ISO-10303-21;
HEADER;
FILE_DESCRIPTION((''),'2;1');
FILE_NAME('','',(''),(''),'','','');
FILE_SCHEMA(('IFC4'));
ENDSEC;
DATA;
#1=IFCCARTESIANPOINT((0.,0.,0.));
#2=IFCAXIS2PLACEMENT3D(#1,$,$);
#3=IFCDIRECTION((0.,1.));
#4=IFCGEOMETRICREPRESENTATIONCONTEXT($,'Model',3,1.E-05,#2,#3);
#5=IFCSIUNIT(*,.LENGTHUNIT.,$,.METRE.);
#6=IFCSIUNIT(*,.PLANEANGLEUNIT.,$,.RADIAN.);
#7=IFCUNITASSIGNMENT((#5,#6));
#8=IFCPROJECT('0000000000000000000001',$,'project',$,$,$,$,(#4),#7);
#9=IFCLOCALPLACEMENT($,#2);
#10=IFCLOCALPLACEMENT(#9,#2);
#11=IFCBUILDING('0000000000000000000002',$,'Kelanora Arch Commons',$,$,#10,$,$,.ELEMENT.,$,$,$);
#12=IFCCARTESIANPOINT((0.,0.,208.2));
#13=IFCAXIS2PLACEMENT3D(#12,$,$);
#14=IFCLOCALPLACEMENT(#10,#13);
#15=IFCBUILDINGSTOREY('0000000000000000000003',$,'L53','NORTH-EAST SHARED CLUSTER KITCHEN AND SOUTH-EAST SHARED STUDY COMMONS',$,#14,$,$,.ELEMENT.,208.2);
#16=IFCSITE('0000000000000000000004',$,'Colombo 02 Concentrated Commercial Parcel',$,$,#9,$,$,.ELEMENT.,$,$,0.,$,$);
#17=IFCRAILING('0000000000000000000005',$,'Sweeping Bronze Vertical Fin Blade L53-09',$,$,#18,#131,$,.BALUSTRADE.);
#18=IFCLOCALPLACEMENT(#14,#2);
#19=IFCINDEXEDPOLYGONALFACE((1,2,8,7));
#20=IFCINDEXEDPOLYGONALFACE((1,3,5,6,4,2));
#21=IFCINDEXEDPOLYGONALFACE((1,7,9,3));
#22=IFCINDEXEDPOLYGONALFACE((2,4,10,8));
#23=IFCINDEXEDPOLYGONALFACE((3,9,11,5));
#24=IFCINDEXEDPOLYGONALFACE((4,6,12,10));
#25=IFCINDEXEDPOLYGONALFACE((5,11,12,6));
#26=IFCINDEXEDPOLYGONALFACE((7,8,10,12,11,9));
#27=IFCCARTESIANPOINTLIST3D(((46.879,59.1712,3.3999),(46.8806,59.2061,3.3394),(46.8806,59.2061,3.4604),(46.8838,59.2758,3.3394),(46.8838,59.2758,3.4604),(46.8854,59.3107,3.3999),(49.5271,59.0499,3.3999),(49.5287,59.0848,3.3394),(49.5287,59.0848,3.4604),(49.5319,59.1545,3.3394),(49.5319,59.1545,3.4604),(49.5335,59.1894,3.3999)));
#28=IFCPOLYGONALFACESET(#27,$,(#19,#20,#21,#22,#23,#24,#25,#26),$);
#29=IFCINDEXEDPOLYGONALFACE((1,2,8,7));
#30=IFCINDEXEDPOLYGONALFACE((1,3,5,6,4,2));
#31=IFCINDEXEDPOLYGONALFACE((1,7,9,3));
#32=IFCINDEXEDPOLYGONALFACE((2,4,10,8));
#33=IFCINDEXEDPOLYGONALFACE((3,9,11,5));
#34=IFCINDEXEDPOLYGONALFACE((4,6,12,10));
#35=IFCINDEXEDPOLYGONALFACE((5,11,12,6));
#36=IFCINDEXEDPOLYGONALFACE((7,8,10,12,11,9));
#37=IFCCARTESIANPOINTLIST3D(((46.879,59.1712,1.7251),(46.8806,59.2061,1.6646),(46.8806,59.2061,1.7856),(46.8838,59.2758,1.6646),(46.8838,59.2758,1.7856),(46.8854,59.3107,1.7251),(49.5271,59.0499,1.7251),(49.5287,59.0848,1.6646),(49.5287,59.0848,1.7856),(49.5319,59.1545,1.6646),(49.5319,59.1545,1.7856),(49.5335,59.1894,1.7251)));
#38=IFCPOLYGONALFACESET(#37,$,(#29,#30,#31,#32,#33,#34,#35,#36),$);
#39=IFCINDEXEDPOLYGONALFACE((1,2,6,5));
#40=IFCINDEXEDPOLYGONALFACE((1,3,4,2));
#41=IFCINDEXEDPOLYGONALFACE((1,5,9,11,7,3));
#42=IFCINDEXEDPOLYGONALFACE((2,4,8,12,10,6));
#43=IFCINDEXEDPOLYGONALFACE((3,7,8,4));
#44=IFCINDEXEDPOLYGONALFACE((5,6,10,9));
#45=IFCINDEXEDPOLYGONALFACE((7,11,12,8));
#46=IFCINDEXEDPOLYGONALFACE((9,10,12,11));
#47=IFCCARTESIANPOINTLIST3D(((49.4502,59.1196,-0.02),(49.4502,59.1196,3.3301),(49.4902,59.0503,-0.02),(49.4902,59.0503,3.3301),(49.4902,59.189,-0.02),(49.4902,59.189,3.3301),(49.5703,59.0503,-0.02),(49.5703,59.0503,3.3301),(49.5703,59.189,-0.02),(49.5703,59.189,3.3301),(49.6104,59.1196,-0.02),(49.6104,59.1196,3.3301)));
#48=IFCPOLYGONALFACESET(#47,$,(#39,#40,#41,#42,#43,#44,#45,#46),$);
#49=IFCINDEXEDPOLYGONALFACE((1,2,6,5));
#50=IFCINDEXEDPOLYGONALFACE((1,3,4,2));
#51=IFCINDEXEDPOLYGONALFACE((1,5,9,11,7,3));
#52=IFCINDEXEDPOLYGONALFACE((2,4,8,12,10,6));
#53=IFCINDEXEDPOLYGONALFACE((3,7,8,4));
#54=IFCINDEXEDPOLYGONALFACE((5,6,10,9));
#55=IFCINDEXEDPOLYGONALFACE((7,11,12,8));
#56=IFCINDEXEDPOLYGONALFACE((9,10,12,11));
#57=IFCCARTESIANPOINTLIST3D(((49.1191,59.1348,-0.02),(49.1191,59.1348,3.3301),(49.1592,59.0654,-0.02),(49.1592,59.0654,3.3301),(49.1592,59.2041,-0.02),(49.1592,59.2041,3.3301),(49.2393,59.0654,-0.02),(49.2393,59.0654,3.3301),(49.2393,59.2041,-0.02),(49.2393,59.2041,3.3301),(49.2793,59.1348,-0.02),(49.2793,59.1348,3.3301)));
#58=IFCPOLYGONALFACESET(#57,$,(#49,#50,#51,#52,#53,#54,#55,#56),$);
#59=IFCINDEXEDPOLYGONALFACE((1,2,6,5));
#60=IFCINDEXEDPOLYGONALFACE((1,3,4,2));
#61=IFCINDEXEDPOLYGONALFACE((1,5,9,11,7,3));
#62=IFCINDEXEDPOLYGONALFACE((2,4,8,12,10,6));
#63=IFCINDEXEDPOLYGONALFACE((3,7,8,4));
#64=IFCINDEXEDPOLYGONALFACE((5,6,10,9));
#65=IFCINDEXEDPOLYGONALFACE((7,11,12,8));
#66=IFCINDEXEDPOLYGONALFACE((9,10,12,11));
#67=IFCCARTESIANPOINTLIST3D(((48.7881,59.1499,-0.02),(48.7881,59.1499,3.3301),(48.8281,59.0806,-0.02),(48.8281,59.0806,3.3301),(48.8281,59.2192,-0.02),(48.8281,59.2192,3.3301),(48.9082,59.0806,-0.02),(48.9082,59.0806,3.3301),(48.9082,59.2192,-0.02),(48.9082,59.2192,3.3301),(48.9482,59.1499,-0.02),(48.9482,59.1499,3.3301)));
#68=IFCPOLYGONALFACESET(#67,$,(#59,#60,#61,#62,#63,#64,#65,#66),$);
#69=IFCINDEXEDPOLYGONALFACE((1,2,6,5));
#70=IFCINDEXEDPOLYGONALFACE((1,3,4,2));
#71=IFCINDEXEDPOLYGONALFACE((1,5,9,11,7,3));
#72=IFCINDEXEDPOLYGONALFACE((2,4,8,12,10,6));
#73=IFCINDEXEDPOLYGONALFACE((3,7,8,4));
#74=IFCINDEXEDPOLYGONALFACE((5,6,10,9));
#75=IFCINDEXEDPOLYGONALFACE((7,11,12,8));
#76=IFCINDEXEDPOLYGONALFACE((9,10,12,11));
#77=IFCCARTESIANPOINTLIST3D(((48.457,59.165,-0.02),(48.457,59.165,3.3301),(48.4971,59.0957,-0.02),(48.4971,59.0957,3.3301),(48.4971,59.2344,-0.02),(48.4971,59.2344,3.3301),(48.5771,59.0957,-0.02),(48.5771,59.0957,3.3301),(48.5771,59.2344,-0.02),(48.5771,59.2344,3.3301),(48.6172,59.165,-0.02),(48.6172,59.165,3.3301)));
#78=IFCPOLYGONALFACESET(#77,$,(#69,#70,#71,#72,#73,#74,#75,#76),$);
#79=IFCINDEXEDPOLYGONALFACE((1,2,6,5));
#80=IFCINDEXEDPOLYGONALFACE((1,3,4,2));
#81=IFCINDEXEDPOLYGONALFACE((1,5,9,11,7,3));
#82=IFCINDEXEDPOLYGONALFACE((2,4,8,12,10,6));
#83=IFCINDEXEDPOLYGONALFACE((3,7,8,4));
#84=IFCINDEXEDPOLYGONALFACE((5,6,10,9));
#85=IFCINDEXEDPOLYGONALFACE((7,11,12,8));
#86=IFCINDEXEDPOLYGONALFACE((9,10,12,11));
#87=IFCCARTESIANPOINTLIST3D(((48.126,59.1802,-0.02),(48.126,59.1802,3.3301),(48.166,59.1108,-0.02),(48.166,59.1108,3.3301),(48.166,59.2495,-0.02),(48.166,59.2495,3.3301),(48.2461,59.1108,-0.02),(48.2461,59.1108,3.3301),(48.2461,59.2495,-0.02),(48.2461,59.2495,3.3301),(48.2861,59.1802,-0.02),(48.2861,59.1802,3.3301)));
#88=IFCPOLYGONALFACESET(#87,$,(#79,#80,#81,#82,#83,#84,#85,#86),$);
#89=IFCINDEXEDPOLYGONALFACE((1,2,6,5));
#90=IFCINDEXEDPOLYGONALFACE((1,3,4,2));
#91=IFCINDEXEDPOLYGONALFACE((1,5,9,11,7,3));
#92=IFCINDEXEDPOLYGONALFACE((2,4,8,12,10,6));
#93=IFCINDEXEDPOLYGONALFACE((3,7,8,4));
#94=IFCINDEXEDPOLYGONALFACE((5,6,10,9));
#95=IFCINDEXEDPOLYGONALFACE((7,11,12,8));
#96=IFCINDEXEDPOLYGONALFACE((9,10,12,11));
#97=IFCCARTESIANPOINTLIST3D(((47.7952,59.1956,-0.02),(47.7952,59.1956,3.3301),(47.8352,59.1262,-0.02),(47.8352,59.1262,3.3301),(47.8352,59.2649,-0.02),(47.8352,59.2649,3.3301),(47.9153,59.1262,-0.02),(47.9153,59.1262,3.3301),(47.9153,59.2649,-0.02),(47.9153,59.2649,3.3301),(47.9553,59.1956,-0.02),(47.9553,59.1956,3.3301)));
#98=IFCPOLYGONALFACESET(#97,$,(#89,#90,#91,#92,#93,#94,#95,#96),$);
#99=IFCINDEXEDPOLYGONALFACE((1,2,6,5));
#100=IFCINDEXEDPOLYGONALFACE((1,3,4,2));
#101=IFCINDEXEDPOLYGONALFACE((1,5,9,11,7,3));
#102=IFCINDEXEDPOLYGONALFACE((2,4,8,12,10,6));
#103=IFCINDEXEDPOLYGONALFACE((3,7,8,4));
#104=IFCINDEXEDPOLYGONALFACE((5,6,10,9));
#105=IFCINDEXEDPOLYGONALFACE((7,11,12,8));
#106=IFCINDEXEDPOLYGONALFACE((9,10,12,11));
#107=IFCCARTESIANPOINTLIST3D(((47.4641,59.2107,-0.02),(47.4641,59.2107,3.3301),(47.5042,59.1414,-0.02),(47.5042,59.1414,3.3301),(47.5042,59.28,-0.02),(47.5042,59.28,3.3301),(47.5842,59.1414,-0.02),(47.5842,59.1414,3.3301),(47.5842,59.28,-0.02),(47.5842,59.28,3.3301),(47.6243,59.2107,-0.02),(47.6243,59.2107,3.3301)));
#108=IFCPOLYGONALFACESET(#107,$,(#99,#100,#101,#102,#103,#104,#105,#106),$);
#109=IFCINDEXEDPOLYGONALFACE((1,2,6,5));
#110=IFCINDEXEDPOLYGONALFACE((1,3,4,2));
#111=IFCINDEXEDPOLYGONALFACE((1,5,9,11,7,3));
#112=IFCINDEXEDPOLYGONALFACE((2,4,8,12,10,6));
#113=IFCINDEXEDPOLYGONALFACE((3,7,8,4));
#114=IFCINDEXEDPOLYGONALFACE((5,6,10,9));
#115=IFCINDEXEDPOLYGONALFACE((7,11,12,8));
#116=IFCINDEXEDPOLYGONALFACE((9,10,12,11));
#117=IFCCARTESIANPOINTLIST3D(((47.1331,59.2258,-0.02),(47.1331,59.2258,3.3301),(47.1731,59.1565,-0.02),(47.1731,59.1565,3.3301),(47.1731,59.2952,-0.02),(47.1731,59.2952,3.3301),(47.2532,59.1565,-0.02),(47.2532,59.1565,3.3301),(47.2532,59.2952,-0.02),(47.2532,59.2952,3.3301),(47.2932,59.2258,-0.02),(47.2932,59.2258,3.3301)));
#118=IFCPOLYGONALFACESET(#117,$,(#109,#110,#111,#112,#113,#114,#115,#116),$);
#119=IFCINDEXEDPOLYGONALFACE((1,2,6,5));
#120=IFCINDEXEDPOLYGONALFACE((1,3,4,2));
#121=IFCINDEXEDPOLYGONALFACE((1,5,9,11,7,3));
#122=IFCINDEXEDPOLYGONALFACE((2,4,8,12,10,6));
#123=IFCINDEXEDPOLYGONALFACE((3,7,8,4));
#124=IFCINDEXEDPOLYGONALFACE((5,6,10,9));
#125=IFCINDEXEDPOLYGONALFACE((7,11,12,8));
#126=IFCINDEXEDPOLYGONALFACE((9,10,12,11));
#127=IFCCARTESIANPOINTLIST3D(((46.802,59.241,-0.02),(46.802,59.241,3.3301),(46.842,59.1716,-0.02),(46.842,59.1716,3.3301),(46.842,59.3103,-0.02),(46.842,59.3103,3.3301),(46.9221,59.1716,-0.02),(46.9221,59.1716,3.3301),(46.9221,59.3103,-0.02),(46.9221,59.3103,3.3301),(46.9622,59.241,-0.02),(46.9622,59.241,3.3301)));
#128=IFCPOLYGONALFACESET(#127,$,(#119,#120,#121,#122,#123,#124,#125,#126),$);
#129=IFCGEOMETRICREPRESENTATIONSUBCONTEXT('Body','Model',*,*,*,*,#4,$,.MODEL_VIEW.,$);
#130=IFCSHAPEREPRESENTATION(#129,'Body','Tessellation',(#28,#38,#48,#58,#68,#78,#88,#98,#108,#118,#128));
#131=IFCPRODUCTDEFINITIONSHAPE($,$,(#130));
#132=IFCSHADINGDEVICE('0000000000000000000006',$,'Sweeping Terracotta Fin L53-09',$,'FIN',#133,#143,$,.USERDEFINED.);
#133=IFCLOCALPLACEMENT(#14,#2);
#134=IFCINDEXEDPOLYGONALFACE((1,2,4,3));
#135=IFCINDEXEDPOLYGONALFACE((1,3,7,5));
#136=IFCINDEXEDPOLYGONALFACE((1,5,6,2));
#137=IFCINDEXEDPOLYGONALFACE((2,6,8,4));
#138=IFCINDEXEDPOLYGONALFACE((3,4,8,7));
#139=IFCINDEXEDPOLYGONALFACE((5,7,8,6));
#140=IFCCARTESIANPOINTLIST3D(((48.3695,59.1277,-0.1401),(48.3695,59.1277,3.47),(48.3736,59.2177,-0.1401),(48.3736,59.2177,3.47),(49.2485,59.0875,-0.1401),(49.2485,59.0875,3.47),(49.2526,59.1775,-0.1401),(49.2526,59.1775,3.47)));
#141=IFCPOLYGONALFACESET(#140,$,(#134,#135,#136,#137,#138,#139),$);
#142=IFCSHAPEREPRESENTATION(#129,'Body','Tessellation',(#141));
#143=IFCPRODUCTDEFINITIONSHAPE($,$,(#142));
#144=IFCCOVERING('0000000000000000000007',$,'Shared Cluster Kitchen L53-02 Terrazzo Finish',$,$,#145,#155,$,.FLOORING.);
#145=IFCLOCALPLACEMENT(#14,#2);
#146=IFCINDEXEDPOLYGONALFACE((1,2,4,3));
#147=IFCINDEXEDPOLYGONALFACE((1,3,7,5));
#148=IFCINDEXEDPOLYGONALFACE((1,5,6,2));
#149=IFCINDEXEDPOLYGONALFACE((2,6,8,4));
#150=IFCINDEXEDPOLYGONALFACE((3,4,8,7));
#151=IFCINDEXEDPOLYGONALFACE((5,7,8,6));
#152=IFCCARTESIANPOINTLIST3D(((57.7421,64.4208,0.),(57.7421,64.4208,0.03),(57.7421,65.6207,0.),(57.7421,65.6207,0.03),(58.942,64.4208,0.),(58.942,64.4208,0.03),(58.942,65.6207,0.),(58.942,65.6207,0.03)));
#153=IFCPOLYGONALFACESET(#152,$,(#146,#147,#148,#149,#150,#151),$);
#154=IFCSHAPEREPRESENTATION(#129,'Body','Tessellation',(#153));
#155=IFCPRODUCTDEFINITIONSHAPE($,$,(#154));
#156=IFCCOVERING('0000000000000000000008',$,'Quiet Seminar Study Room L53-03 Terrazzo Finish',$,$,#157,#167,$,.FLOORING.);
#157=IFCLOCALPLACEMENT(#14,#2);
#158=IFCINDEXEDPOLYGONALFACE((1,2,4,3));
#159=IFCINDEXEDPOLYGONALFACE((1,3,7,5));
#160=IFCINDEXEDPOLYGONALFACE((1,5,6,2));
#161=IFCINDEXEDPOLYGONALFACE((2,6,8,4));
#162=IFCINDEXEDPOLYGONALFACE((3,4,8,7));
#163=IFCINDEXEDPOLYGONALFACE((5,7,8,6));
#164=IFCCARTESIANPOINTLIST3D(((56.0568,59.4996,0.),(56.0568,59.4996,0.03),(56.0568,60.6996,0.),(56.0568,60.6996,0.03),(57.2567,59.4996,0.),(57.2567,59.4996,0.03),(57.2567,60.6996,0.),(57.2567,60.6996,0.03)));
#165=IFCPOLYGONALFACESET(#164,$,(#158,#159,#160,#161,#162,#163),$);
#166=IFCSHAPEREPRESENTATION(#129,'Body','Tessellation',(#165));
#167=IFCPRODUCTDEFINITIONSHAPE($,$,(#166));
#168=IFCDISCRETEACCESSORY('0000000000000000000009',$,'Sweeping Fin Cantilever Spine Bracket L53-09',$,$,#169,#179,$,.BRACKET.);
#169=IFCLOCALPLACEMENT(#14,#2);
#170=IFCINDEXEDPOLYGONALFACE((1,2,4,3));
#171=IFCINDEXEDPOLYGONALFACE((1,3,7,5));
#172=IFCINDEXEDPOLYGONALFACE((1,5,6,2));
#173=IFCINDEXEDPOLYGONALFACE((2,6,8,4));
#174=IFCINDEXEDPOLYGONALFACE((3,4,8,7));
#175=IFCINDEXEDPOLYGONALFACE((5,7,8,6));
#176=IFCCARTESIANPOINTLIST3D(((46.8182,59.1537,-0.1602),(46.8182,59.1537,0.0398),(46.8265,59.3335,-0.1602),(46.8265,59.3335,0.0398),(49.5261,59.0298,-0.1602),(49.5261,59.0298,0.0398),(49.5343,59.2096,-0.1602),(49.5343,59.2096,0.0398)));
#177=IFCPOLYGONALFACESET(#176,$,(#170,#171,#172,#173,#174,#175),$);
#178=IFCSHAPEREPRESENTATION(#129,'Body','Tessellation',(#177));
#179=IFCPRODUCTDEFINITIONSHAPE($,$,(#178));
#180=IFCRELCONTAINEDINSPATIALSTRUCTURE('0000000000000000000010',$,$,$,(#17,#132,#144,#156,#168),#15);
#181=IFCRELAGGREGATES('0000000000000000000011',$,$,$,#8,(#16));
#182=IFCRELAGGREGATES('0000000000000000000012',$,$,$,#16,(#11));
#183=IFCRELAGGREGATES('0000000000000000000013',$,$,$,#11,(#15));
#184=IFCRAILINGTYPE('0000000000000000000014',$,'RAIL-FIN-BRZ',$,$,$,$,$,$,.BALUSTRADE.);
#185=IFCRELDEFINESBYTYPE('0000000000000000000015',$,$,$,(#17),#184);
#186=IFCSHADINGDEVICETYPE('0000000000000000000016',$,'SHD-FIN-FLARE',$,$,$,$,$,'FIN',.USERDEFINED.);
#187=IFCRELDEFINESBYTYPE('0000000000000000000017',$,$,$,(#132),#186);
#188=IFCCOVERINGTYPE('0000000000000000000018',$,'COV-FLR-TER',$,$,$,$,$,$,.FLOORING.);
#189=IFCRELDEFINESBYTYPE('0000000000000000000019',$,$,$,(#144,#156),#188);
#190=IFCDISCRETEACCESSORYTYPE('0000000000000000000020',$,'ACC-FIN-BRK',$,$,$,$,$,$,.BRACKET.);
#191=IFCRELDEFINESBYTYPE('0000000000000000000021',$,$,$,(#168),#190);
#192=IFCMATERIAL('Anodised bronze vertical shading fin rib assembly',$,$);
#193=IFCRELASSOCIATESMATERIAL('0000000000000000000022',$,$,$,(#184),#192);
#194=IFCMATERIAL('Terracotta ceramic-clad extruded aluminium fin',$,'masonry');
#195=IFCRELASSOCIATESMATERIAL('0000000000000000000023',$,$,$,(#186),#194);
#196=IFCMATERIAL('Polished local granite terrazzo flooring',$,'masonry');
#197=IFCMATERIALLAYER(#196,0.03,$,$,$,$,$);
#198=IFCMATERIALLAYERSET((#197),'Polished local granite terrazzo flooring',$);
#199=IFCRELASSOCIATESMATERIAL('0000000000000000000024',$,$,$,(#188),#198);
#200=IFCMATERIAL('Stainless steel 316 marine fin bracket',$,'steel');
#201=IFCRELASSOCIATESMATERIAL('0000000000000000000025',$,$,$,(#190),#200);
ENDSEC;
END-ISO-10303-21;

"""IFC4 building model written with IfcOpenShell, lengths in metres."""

from ifc_helpers import new_model, si_unit, direction, frame, origin, origin_2d, place, context, subcontext, project, spatial, polyline, rectangle, outline, extrude, source, transform, mapped, material, layer, layer_set, type_object, element, save


model = new_model("IFC4")

# Units and contexts
model_context = context("Model", 3, precision=1e-05, world=origin(), true_north=direction((0.0, 1.0)))
body_context = subcontext(model_context, "Body", "Model", "MODEL_VIEW")
ifc_project = project(units=[si_unit("LENGTHUNIT", "METRE"), si_unit("PLANEANGLEUNIT", "RADIAN")], contexts=[model_context])

# Site, building, storey
site_placement = place(None, origin())
site = spatial("IfcSite", under=ifc_project, at=site_placement, Name="Colombo 02 Concentrated Commercial Parcel", CompositionType="ELEMENT", RefElevation=0.0)
building_placement = place(site_placement, origin())
building = spatial("IfcBuilding", under=site, at=building_placement, Name="Kelanora Arch Commons", CompositionType="ELEMENT")
storey_placement = place(building_placement, frame((0.0, 0.0, 208.2)))
storey = spatial("IfcBuildingStorey", under=building, at=storey_placement, Name="L53", Description="NORTH-EAST SHARED CLUSTER KITCHEN AND SOUTH-EAST SHARED STUDY COMMONS", CompositionType="ELEMENT", Elevation=208.2)

# Railing
ifc_material_1 = material(Name="Anodised bronze vertical shading fin rib assembly")
railing_type = type_object("IfcRailingType", Name="RAIL-FIN-BRZ", PredefinedType="BALUSTRADE", material=ifc_material_1)
railing_placement = place(storey_placement, frame((49.5303, 59.1196, -0.02)))
element("IfcRailing", 1, at=railing_placement, inside=storey, type_object=railing_type, Name="Sweeping Bronze Vertical Fin Blade L53-09", PredefinedType="BALUSTRADE", context=body_context, shape_type="SweptSolid", body=[
    extrude(outline(polyline([(0.0698, 0.0), (0.0349, 0.0605), (-0.0349, 0.0605), (-0.0698, 0.0), (-0.0349, -0.0605), (0.0349, -0.0605), (0.0698, 0.0)])), frame((0.0, 0.0, 3.4199), z_axis=(-0.998952, 0.045771, 0.0), x_axis=(-0.045771, -0.998952, 0.0)), (0.0, 0.0, 1.0), 2.6509),
    extrude(outline(polyline([(0.0698, 0.0), (0.0349, 0.0605), (-0.0349, 0.0605), (-0.0698, 0.0), (-0.0349, -0.0605), (0.0349, -0.0605), (0.0698, 0.0)])), frame((0.0, 0.0, 1.7451), z_axis=(-0.998952, 0.045771, 0.0), x_axis=(-0.045771, -0.998952, 0.0)), (0.0, 0.0, 1.0), 2.6509),
    extrude(outline(polyline([(0.0801, 0.0), (0.04, 0.0693), (-0.04, 0.0693), (-0.0801, 0.0), (-0.04, -0.0693), (0.04, -0.0693), (0.0801, 0.0)])), origin(), (0.0, 0.0, 1.0), 3.3501),
    extrude(outline(polyline([(0.0801, 0.0), (0.04, 0.0693), (-0.04, 0.0693), (-0.0801, 0.0), (-0.04, -0.0693), (0.04, -0.0693), (0.0801, 0.0)])), frame((-0.3311, 0.0151, 0.0)), (0.0, 0.0, 1.0), 3.3501),
    extrude(outline(polyline([(0.0801, 0.0), (0.04, 0.0693), (-0.04, 0.0693), (-0.0801, 0.0), (-0.04, -0.0693), (0.04, -0.0693), (0.0801, 0.0)])), frame((-0.6621, 0.0303, 0.0)), (0.0, 0.0, 1.0), 3.3501),
    extrude(outline(polyline([(0.0801, 0.0), (0.04, 0.0693), (-0.04, 0.0693), (-0.0801, 0.0), (-0.04, -0.0693), (0.04, -0.0693), (0.0801, 0.0)])), frame((-0.9932, 0.0454, 0.0)), (0.0, 0.0, 1.0), 3.3501),
    extrude(outline(polyline([(0.0801, 0.0), (0.04, 0.0693), (-0.04, 0.0693), (-0.0801, 0.0), (-0.04, -0.0693), (0.04, -0.0693), (0.0801, 0.0)])), frame((-1.3242, 0.0605, 0.0)), (0.0, 0.0, 1.0), 3.3501),
    extrude(outline(polyline([(0.0801, 0.0), (0.04, 0.0693), (-0.04, 0.0693), (-0.0801, 0.0), (-0.04, -0.0693), (0.04, -0.0693), (0.0801, 0.0)])), frame((-1.655, 0.0759, 0.0)), (0.0, 0.0, 1.0), 3.3501),
    extrude(outline(polyline([(0.0801, 0.0), (0.04, 0.0693), (-0.04, 0.0693), (-0.0801, 0.0), (-0.04, -0.0693), (0.04, -0.0693), (0.0801, 0.0)])), frame((-1.9861, 0.0911, 0.0)), (0.0, 0.0, 1.0), 3.3501),
    extrude(outline(polyline([(0.0801, 0.0), (0.04, 0.0693), (-0.04, 0.0693), (-0.0801, 0.0), (-0.04, -0.0693), (0.04, -0.0693), (0.0801, 0.0)])), frame((-2.3171, 0.1062, 0.0)), (0.0, 0.0, 1.0), 3.3501),
    extrude(outline(polyline([(0.0801, 0.0), (0.04, 0.0693), (-0.04, 0.0693), (-0.0801, 0.0), (-0.04, -0.0693), (0.04, -0.0693), (0.0801, 0.0)])), frame((-2.6482, 0.1213, 0.0)), (0.0, 0.0, 1.0), 3.3501),
])

# Shading device
ifc_material_2 = material(Name="Terracotta ceramic-clad extruded aluminium fin", Category="masonry")
shading_device_type = type_object("IfcShadingDeviceType", Name="SHD-FIN-FLARE", ElementType="FIN", PredefinedType="USERDEFINED", material=ifc_material_2)
shared_shape_1 = source(origin(), body_context, "Body", "SweptSolid", [
    extrude(rectangle(XDim=0.8799, YDim=0.0901, at=origin_2d()), origin(), (0.0, 0.0, 1.0), 3.6101),
])
shading_device_placement = place(storey_placement, frame((48.811, 59.1526, -0.1401), z_axis=(0.0, 0.0, 1.0), x_axis=(-0.998955, 0.045712, 0.0)))
element("IfcShadingDevice", 2, at=shading_device_placement, inside=storey, type_object=shading_device_type, Name="Sweeping Terracotta Fin L53-09", ObjectType="FIN", PredefinedType="USERDEFINED", context=body_context, shape_type="MappedRepresentation", body=[
    mapped(shared_shape_1, transform((0.0, 0.0, 0.0), scale=1.0)),
])

# Coverings
ifc_material_3 = material(Name="Polished local granite terrazzo flooring", Category="masonry")
ifc_layer_1 = layer(ifc_material_3, 0.03)
ifc_layer_set_1 = layer_set([ifc_layer_1], Name="Polished local granite terrazzo flooring")
covering_type = type_object("IfcCoveringType", Name="COV-FLR-TER", PredefinedType="FLOORING", material=ifc_layer_set_1)
shared_shape_2 = source(origin(), body_context, "Body", "SweptSolid", [
    extrude(rectangle(XDim=1.2, YDim=1.2, at=origin_2d()), origin(), (0.0, 0.0, 1.0), 0.03),
])
for number, where, z_axis, x_axis, name in (
    (3, (58.342, 65.0208, 0.0), (0.0, 0.0, 1.0), (1.0, 0.0, 0.0), "Shared Cluster Kitchen L53-02 Terrazzo Finish"),
    (4, (56.6567, 60.0996, 0.0), (0.0, 0.0, 1.0), (1.0, 0.0, 0.0), "Quiet Seminar Study Room L53-03 Terrazzo Finish"),
):
    element("IfcCovering", number, at=place(storey_placement, frame(where, z_axis=z_axis, x_axis=x_axis)), inside=storey, type_object=covering_type, Name=name, PredefinedType="FLOORING", context=body_context, shape_type="MappedRepresentation", body=[
        mapped(shared_shape_2, transform((0.0, 0.0, 0.0), scale=1.0)),
    ])

# Discrete accessory
ifc_material_4 = material(Name="Stainless steel 316 marine fin bracket", Category="steel")
discrete_accessory_type = type_object("IfcDiscreteAccessoryType", Name="ACC-FIN-BRK", PredefinedType="BRACKET", material=ifc_material_4)
shared_shape_3 = source(origin(), body_context, "Body", "SweptSolid", [
    extrude(rectangle(XDim=2.7107, YDim=0.1799, at=origin_2d()), origin(), (0.0, 0.0, 1.0), 0.2),
])
discrete_accessory_placement = place(storey_placement, frame((48.1763, 59.1816, -0.1602), z_axis=(0.0, 0.0, 1.0), x_axis=(-0.998955, 0.045712, 0.0)))
element("IfcDiscreteAccessory", 5, at=discrete_accessory_placement, inside=storey, type_object=discrete_accessory_type, Name="Sweeping Fin Cantilever Spine Bracket L53-09", PredefinedType="BRACKET", context=body_context, shape_type="MappedRepresentation", body=[
    mapped(shared_shape_3, transform((0.0, 0.0, 0.0), scale=1.0)),
])

save(model, "model.ifc")
